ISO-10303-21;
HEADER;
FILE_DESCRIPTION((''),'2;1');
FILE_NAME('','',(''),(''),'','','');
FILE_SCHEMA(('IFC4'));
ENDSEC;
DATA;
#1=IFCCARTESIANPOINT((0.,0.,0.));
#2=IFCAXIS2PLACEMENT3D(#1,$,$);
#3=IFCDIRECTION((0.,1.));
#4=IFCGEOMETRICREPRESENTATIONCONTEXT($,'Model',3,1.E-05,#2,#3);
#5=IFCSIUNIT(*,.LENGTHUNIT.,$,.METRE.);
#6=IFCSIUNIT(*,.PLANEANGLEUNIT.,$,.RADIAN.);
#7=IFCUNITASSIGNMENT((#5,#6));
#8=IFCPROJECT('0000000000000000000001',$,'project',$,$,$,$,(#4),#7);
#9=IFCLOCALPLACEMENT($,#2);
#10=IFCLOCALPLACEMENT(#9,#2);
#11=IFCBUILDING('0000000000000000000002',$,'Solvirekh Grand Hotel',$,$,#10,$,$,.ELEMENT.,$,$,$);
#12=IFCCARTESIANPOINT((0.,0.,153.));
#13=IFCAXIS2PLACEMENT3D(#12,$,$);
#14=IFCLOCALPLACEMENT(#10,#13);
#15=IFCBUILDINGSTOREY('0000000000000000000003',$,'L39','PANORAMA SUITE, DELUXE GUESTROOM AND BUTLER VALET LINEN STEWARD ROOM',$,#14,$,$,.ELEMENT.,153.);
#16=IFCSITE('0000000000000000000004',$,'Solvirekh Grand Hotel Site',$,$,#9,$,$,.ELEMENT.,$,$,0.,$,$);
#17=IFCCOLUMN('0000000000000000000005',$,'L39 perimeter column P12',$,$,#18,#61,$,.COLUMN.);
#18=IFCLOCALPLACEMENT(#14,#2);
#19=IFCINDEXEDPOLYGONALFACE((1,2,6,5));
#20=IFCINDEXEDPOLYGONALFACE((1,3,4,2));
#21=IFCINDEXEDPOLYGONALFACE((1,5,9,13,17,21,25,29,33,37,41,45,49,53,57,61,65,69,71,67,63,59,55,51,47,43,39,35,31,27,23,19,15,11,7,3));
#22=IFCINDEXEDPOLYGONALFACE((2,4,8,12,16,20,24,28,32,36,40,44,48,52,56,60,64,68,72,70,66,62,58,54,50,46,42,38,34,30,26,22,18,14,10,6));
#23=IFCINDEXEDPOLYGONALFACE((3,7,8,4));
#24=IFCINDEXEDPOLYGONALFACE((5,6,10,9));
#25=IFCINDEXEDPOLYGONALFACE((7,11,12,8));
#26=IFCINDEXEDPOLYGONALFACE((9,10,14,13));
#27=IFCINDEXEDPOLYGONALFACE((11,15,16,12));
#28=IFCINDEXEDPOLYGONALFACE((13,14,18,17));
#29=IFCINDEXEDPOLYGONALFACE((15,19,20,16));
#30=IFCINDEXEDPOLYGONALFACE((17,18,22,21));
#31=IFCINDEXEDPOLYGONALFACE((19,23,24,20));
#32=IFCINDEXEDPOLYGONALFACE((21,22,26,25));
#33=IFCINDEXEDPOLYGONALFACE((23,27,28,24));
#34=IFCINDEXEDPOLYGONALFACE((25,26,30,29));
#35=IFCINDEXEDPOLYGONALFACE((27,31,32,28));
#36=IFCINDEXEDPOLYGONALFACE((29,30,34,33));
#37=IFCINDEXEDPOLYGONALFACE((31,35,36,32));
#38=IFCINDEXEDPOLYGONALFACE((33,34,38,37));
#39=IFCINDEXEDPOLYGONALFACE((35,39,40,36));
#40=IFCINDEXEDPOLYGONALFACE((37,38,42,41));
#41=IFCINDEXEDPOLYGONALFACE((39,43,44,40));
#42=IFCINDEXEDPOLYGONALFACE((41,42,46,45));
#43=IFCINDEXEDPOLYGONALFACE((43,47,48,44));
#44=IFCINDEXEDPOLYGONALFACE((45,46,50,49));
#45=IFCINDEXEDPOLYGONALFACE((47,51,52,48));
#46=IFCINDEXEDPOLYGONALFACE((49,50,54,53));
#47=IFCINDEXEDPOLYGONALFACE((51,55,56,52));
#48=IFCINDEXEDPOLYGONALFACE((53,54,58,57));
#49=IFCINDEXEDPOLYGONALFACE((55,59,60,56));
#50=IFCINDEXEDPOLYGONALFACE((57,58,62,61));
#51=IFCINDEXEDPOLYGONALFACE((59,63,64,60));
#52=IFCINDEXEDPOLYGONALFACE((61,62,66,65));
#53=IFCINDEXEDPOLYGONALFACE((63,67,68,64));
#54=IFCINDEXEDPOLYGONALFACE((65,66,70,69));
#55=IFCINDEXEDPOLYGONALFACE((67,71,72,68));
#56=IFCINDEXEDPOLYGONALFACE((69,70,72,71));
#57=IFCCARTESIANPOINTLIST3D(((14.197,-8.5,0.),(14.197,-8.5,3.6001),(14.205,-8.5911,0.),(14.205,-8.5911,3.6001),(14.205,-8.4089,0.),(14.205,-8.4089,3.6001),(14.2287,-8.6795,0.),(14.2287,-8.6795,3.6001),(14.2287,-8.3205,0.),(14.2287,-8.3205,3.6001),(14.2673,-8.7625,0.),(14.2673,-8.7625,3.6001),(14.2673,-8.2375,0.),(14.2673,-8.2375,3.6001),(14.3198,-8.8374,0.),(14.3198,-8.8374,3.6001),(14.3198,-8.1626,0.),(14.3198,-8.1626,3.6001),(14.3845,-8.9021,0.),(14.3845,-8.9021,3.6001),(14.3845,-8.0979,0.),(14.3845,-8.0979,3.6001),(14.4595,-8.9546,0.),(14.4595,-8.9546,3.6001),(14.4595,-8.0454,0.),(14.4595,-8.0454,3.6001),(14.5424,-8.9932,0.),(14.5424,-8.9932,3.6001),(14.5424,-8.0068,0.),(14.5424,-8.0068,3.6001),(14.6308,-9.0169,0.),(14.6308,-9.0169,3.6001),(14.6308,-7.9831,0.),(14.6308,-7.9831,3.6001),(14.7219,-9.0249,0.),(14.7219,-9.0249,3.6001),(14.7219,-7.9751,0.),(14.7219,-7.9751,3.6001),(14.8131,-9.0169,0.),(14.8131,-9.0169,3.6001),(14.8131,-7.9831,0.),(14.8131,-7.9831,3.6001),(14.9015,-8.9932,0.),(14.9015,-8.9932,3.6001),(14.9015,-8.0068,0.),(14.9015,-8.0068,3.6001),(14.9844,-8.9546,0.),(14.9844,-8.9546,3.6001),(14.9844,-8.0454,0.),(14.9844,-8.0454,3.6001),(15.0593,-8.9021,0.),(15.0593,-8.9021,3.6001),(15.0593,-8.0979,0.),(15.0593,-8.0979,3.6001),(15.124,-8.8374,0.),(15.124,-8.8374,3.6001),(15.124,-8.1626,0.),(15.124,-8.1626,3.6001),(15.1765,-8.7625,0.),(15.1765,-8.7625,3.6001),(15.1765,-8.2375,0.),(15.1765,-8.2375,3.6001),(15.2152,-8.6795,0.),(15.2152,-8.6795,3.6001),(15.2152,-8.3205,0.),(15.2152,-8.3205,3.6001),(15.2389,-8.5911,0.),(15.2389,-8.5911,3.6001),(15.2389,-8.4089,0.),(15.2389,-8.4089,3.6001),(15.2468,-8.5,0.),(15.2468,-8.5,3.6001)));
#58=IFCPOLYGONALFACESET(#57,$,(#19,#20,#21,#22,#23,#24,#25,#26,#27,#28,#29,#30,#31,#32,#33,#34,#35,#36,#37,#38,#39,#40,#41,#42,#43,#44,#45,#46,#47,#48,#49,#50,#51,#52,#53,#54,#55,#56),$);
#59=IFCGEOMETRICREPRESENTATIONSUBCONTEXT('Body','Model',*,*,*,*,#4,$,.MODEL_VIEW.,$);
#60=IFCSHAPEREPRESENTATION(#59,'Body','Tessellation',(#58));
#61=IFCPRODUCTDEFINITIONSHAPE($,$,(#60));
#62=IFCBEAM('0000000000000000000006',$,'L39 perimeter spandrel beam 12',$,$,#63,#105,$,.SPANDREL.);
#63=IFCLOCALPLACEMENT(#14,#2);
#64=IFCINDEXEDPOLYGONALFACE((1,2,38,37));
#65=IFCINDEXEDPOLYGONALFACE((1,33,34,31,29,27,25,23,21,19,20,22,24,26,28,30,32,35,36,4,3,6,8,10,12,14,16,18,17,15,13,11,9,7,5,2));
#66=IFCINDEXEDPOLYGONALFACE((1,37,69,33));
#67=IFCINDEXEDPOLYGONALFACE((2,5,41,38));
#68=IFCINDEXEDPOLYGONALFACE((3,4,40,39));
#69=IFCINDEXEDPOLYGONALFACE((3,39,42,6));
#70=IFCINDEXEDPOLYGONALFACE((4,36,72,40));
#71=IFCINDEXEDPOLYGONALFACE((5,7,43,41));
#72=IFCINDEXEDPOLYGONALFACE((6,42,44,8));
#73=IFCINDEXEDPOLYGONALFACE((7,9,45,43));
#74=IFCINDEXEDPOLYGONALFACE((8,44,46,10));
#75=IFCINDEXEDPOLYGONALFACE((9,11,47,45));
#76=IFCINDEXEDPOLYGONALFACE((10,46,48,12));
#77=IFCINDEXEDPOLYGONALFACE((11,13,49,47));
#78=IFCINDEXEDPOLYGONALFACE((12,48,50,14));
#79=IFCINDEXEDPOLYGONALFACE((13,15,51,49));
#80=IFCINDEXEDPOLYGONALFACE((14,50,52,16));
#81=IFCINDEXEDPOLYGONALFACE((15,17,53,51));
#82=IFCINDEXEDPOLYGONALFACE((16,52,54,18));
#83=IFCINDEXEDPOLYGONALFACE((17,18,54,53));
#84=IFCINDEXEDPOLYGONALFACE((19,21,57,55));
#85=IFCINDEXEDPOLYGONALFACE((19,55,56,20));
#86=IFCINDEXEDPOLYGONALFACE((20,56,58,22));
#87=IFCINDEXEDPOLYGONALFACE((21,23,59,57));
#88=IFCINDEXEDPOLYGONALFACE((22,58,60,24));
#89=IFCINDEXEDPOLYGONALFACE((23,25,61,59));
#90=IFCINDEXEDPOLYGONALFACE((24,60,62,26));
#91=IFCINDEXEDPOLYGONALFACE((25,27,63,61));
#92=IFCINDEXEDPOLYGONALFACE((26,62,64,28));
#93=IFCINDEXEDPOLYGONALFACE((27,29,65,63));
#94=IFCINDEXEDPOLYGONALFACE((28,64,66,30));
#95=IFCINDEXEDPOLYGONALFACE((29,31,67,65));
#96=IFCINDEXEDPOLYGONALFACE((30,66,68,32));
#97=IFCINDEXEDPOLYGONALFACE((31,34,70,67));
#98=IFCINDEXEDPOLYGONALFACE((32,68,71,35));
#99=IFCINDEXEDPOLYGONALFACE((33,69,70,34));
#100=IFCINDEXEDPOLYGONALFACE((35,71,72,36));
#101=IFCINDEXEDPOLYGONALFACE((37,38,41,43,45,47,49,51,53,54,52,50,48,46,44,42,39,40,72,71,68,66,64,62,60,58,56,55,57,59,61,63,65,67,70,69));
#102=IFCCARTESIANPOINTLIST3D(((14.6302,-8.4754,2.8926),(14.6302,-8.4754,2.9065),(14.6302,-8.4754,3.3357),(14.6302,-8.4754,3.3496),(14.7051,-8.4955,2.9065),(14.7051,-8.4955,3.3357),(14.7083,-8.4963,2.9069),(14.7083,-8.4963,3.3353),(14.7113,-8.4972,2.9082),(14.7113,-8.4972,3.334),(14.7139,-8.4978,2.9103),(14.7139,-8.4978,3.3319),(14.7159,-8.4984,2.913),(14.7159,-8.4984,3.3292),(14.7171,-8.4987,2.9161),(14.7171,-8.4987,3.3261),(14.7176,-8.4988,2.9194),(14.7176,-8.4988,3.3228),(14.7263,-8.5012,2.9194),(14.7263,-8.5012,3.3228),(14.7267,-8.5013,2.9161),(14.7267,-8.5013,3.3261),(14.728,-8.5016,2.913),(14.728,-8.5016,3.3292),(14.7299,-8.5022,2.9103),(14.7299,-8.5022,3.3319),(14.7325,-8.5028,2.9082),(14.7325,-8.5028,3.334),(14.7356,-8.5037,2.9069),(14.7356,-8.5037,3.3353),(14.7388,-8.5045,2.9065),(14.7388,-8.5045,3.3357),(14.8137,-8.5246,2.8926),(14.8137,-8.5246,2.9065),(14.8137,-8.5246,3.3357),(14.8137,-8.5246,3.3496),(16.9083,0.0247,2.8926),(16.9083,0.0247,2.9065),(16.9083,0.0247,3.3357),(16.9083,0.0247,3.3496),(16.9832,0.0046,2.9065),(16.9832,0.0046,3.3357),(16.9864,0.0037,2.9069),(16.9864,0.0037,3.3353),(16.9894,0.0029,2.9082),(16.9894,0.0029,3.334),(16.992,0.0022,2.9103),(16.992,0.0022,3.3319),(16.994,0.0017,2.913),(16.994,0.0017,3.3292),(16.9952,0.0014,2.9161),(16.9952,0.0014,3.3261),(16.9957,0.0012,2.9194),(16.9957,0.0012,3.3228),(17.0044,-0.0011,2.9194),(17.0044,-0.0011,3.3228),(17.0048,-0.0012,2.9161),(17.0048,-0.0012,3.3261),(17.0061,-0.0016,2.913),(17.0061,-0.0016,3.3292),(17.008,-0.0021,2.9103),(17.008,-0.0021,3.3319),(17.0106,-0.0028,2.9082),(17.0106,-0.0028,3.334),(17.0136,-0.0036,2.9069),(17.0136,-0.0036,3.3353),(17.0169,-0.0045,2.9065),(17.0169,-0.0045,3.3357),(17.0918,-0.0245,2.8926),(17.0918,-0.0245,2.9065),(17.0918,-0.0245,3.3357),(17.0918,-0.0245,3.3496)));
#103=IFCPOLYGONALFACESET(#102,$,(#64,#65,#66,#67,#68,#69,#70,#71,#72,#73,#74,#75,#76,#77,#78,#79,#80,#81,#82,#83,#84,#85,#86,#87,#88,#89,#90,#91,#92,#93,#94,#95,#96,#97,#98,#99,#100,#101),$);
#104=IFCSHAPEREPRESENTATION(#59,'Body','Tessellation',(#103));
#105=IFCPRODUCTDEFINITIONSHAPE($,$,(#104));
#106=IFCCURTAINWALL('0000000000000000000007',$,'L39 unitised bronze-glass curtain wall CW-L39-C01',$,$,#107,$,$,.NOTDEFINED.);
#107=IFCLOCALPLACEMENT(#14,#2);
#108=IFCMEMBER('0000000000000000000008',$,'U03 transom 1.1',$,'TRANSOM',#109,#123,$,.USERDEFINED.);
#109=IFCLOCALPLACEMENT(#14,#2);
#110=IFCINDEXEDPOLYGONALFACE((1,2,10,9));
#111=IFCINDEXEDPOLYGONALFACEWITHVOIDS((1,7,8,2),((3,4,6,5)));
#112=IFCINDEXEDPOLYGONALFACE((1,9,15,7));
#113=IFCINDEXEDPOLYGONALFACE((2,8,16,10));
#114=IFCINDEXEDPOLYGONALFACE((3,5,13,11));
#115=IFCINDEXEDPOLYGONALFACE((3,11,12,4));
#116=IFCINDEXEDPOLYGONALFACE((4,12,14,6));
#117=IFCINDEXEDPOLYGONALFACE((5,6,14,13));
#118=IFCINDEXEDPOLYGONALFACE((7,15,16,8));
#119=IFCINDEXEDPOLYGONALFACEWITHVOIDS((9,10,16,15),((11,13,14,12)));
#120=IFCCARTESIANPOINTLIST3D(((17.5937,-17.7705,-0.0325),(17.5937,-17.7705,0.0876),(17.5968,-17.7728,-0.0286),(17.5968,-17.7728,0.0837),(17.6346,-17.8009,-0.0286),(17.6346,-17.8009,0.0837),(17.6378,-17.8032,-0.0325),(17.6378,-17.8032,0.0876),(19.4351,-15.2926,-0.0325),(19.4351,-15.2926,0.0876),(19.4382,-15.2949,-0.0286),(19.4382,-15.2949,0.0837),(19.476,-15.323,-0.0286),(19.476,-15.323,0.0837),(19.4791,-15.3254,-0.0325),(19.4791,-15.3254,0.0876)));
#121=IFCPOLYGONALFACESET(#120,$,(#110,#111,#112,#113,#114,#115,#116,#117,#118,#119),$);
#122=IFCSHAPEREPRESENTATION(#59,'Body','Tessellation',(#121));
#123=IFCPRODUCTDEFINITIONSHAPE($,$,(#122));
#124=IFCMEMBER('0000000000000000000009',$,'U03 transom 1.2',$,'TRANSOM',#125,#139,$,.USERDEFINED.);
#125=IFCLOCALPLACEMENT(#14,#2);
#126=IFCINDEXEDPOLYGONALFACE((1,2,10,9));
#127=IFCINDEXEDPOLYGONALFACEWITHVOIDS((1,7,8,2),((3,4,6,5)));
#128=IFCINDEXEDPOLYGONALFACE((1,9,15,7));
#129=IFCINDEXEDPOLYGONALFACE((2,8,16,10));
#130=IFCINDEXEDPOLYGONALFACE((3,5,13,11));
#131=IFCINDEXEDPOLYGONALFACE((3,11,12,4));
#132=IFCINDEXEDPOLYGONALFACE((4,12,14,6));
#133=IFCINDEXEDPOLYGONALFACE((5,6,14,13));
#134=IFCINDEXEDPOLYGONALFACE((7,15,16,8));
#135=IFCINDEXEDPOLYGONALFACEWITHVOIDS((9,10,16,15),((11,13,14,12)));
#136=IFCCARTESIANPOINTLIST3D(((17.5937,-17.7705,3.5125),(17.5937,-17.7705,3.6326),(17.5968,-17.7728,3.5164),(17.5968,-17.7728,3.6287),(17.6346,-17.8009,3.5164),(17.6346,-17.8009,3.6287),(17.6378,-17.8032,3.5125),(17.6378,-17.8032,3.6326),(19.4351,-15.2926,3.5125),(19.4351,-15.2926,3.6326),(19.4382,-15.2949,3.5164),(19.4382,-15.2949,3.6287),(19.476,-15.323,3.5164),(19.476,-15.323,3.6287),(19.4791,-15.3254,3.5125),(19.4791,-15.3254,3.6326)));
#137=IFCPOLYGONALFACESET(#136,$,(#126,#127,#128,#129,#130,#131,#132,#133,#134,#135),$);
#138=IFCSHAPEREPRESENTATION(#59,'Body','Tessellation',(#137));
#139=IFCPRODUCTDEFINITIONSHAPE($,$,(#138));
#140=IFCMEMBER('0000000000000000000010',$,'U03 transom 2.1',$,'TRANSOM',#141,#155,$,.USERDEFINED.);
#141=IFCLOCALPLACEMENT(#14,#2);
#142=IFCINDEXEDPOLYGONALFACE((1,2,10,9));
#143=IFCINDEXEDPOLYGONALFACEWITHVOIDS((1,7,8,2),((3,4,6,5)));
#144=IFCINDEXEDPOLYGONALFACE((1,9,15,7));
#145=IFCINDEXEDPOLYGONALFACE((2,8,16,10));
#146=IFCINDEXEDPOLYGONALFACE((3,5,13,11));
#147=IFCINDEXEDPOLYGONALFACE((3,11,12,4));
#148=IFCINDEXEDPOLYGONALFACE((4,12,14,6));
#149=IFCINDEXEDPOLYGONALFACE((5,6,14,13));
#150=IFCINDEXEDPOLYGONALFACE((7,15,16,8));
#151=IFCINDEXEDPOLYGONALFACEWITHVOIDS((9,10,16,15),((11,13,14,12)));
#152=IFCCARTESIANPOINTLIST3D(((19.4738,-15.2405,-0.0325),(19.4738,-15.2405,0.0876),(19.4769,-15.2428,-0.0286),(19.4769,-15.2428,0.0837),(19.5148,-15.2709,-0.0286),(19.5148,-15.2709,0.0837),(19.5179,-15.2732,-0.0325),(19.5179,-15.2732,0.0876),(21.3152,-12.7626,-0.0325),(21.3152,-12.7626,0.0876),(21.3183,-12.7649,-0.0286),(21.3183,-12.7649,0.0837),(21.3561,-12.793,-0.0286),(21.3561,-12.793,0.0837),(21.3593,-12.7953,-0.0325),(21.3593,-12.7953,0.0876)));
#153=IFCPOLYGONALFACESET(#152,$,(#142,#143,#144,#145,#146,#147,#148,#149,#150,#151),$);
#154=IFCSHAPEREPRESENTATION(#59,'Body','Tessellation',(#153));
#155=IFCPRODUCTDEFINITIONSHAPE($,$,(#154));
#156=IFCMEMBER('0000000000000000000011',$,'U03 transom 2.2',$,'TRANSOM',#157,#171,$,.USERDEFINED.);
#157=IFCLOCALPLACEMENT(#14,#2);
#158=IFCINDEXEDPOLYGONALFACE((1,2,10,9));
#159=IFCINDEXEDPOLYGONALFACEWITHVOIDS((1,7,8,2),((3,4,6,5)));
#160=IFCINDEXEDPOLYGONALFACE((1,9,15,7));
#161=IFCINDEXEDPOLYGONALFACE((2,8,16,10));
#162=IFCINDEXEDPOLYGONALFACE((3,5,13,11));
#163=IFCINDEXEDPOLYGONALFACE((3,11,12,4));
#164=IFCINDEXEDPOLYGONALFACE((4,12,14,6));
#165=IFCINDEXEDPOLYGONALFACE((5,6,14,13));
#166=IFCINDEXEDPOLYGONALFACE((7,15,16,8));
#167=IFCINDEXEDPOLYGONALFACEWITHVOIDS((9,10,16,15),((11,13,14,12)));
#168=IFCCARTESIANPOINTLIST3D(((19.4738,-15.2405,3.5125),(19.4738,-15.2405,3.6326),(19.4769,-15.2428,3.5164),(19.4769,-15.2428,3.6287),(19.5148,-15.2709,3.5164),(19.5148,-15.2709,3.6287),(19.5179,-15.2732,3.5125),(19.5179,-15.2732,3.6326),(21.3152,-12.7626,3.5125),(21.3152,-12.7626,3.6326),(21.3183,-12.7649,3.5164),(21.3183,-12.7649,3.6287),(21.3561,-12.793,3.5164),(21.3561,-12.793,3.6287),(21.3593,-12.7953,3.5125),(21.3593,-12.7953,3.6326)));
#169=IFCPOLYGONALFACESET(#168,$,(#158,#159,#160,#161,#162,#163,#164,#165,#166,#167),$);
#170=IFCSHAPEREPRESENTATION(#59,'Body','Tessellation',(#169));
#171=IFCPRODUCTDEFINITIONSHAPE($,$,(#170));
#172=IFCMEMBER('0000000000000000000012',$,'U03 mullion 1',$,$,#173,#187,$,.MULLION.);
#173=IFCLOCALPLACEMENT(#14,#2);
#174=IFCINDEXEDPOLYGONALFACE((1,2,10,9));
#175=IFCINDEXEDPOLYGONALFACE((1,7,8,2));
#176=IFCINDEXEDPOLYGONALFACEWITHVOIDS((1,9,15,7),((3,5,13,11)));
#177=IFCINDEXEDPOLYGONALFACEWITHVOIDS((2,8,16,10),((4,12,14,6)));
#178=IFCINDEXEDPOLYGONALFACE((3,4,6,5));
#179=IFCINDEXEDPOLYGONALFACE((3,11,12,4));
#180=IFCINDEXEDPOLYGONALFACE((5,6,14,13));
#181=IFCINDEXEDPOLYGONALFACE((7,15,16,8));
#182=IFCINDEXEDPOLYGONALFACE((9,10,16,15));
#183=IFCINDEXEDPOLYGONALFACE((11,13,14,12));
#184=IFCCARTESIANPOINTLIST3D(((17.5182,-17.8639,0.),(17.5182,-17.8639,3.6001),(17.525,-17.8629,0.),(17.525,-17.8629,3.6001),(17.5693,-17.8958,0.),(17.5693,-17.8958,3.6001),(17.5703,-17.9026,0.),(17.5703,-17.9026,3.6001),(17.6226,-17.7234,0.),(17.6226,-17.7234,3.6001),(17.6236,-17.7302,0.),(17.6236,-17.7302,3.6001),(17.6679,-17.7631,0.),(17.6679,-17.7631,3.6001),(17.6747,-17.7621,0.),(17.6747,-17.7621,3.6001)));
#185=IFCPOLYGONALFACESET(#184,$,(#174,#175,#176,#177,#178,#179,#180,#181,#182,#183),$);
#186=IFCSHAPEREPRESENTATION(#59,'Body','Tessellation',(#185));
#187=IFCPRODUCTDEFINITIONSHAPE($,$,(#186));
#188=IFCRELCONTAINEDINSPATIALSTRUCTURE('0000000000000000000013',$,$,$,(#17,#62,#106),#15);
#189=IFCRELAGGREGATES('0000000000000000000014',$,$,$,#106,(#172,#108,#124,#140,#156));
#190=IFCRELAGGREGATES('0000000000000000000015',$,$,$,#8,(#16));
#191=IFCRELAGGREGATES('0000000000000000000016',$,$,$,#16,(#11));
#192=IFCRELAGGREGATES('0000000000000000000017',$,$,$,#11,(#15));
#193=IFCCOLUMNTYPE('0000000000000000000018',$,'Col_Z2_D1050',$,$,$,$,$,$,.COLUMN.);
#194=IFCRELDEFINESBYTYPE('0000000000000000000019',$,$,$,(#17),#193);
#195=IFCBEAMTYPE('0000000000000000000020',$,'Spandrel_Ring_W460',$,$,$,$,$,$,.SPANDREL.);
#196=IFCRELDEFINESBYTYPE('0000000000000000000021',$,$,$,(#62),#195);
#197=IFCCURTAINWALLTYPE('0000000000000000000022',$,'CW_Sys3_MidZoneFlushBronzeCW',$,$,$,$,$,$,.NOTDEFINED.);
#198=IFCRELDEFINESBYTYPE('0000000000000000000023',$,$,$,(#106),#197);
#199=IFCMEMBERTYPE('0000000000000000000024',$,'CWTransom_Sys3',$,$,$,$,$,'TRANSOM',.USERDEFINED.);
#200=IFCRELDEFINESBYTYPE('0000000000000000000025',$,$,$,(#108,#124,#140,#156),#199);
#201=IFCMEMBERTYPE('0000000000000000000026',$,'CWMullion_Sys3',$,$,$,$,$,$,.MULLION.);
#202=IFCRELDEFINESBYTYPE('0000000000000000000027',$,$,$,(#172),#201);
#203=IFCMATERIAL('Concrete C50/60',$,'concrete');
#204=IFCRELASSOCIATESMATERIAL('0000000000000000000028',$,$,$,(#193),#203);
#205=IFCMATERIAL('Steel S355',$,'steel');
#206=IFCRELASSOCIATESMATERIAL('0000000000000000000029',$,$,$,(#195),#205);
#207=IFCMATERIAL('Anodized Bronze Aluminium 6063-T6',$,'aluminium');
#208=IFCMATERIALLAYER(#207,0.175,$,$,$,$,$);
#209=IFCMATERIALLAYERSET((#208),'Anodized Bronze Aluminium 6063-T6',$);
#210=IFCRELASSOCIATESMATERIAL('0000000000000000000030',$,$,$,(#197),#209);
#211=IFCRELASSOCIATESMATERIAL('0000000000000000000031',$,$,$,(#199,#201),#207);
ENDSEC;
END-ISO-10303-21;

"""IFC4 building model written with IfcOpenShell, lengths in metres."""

from ifc_helpers import new_model, si_unit, direction, frame, origin, origin_2d, place, context, subcontext, project, spatial, hollow_rectangle, circle, i_section, extrude, source, transform, mapped, material, layer, layer_set, material_profile, profile_set, type_object, element, aggregate, save


model = new_model("IFC4")

# Units and contexts
model_context = context("Model", 3, precision=1e-05, world=origin(), true_north=direction((0.0, 1.0)))
body_context = subcontext(model_context, "Body", "Model", "MODEL_VIEW")
ifc_project = project(units=[si_unit("LENGTHUNIT", "METRE"), si_unit("PLANEANGLEUNIT", "RADIAN")], contexts=[model_context])

# Site, building, storey
site_placement = place(None, origin())
site = spatial("IfcSite", under=ifc_project, at=site_placement, Name="Solvirekh Grand Hotel Site", CompositionType="ELEMENT", RefElevation=0.0)
building_placement = place(site_placement, origin())
building = spatial("IfcBuilding", under=site, at=building_placement, Name="Solvirekh Grand Hotel", CompositionType="ELEMENT")
storey_placement = place(building_placement, frame((0.0, 0.0, 153.0)))
storey = spatial("IfcBuildingStorey", under=building, at=storey_placement, Name="L39", Description="PANORAMA SUITE, DELUXE GUESTROOM AND BUTLER VALET LINEN STEWARD ROOM", CompositionType="ELEMENT", Elevation=153.0)

# Column
ifc_material_1 = material(Name="Concrete C50/60", Category="concrete")
ifc_material_profile_1 = material_profile(ifc_material_1, circle(Radius=0.5249, at=origin_2d()), Name="RC CIRC D1050")
ifc_profile_set_1 = profile_set([ifc_material_profile_1], Name="Concrete C50/60")
column_type = type_object("IfcColumnType", Name="Col_Z2_D1050", PredefinedType="COLUMN", material=ifc_profile_set_1)
column_placement = place(storey_placement, frame((14.7219, -8.5, 0.0), z_axis=(0.0, 0.0, 1.0), x_axis=(1.0, 0.0, 0.0)))
element("IfcColumn", 1, at=column_placement, inside=storey, type_object=column_type, Name="L39 perimeter column P12", PredefinedType="COLUMN", context=body_context, shape_type="SweptSolid", body=[
    extrude(circle(Radius=0.5249, at=origin_2d()), origin(), (0.0, 0.0, 1.0), 3.6001),
])

# Beam
ifc_material_2 = material(Name="Steel S355", Category="steel")
ifc_material_profile_2 = material_profile(ifc_material_2, i_section(OverallWidth=0.1899, OverallDepth=0.457, WebThickness=0.009, FlangeThickness=0.0139, FilletRadius=0.0129, at=origin_2d()), Name="W460X74")
ifc_profile_set_2 = profile_set([ifc_material_profile_2], Name="Steel S355")
beam_type = type_object("IfcBeamType", Name="Spandrel_Ring_W460", PredefinedType="SPANDREL", material=ifc_profile_set_2)
beam_placement = place(storey_placement, frame((14.7219, -8.5, 3.1211), z_axis=(0.258873, 0.965911, 0.0), x_axis=(-0.965911, 0.258873, 0.0)))
element("IfcBeam", 2, at=beam_placement, inside=storey, type_object=beam_type, Name="L39 perimeter spandrel beam 12", PredefinedType="SPANDREL", context=body_context, shape_type="SweptSolid", body=[
    extrude(i_section(OverallWidth=0.1899, OverallDepth=0.457, WebThickness=0.009, FlangeThickness=0.0139, FilletRadius=0.0129, at=origin_2d()), origin(), (0.0, 0.0, 1.0), 8.8),
])

# Curtain wall, members
ifc_material_3 = material(Name="Anodized Bronze Aluminium 6063-T6", Category="aluminium")
ifc_layer_1 = layer(ifc_material_3, 0.175)
ifc_layer_set_1 = layer_set([ifc_layer_1], Name="Anodized Bronze Aluminium 6063-T6")
curtain_wall_type = type_object("IfcCurtainWallType", Name="CW_Sys3_MidZoneFlushBronzeCW", PredefinedType="NOTDEFINED", material=ifc_layer_set_1)
curtain_wall_placement = place(storey_placement, origin())
curtain_wall = element("IfcCurtainWall", 3, at=curtain_wall_placement, inside=storey, type_object=curtain_wall_type, Name="L39 unitised bronze-glass curtain wall CW-L39-C01", PredefinedType="NOTDEFINED")
ifc_material_profile_3 = material_profile(ifc_material_3, hollow_rectangle(XDim=0.0549, YDim=0.1201, WallThickness=0.0039, at=origin_2d()), Name="ALU RHS 120X55X4")
ifc_profile_set_3 = profile_set([ifc_material_profile_3], Name="Anodized Bronze Aluminium 6063-T6")
member_type_1 = type_object("IfcMemberType", Name="CWTransom_Sys3", ElementType="TRANSOM", PredefinedType="USERDEFINED", material=ifc_profile_set_3)
shared_shape_1 = source(origin(), body_context, "Body", "SweptSolid", [
    extrude(hollow_rectangle(XDim=0.0549, YDim=0.1201, WallThickness=0.0039, at=origin_2d()), origin(), (0.0, 0.0, 1.0), 3.0872),
])
member_1_placement = place(storey_placement, frame((17.6157, -17.7869, 0.0276), z_axis=(0.596464, 0.80264, 0.0), x_axis=(-0.80264, 0.596464, 0.0)))
member_1 = element("IfcMember", 4, at=member_1_placement, type_object=member_type_1, Name="U03 transom 1.1", ObjectType="TRANSOM", PredefinedType="USERDEFINED", context=body_context, shape_type="MappedRepresentation", body=[
    mapped(shared_shape_1, transform((0.0, 0.0, 0.0), x_axis=(1.0, 0.0, 0.0), y_axis=(0.0, 1.0, 0.0), z_axis=(0.0, 0.0, 1.0), scale=1.0)),
])
member_2_placement = place(storey_placement, frame((17.6157, -17.7869, 3.5725), z_axis=(0.596464, 0.80264, 0.0), x_axis=(-0.80264, 0.596464, 0.0)))
member_2 = element("IfcMember", 5, at=member_2_placement, type_object=member_type_1, Name="U03 transom 1.2", ObjectType="TRANSOM", PredefinedType="USERDEFINED", context=body_context, shape_type="MappedRepresentation", body=[
    mapped(shared_shape_1, transform((0.0, 0.0, 0.0), x_axis=(1.0, 0.0, 0.0), y_axis=(0.0, 1.0, 0.0), z_axis=(0.0, 0.0, 1.0), scale=1.0)),
])
member_3_placement = place(storey_placement, frame((19.4958, -15.2568, 0.0276), z_axis=(0.596464, 0.80264, 0.0), x_axis=(-0.80264, 0.596464, 0.0)))
member_3 = element("IfcMember", 6, at=member_3_placement, type_object=member_type_1, Name="U03 transom 2.1", ObjectType="TRANSOM", PredefinedType="USERDEFINED", context=body_context, shape_type="MappedRepresentation", body=[
    mapped(shared_shape_1, transform((0.0, 0.0, 0.0), x_axis=(1.0, 0.0, 0.0), y_axis=(0.0, 1.0, 0.0), z_axis=(0.0, 0.0, 1.0), scale=1.0)),
])
member_4_placement = place(storey_placement, frame((19.4958, -15.2568, 3.5725), z_axis=(0.596464, 0.80264, 0.0), x_axis=(-0.80264, 0.596464, 0.0)))
member_4 = element("IfcMember", 7, at=member_4_placement, type_object=member_type_1, Name="U03 transom 2.2", ObjectType="TRANSOM", PredefinedType="USERDEFINED", context=body_context, shape_type="MappedRepresentation", body=[
    mapped(shared_shape_1, transform((0.0, 0.0, 0.0), x_axis=(1.0, 0.0, 0.0), y_axis=(0.0, 1.0, 0.0), z_axis=(0.0, 0.0, 1.0), scale=1.0)),
])
ifc_material_profile_4 = material_profile(ifc_material_3, hollow_rectangle(XDim=0.0649, YDim=0.175, WallThickness=0.0049, at=origin_2d()), Name="ALU RHS 175X65X5")
ifc_profile_set_4 = profile_set([ifc_material_profile_4], Name="Anodized Bronze Aluminium 6063-T6")
member_type_2 = type_object("IfcMemberType", Name="CWMullion_Sys3", PredefinedType="MULLION", material=ifc_profile_set_4)
shared_shape_2 = source(origin(), body_context, "Body", "SweptSolid", [
    extrude(hollow_rectangle(XDim=0.0649, YDim=0.175, WallThickness=0.0049, at=origin_2d()), origin(), (0.0, 0.0, 1.0), 3.6001),
])
member_5_placement = place(storey_placement, frame((17.5964, -17.813, 0.0), z_axis=(0.0, 0.0, 1.0), x_axis=(-0.80263, 0.596477, 0.0)))
member_5 = element("IfcMember", 8, at=member_5_placement, type_object=member_type_2, Name="U03 mullion 1", PredefinedType="MULLION", context=body_context, shape_type="MappedRepresentation", body=[
    mapped(shared_shape_2, transform((0.0, 0.0, 0.0), x_axis=(1.0, 0.0, 0.0), y_axis=(0.0, 1.0, 0.0), z_axis=(0.0, 0.0, 1.0), scale=1.0)),
])
aggregate(curtain_wall, [member_5, member_1, member_2, member_3, member_4])

save(model, "model.ifc")
